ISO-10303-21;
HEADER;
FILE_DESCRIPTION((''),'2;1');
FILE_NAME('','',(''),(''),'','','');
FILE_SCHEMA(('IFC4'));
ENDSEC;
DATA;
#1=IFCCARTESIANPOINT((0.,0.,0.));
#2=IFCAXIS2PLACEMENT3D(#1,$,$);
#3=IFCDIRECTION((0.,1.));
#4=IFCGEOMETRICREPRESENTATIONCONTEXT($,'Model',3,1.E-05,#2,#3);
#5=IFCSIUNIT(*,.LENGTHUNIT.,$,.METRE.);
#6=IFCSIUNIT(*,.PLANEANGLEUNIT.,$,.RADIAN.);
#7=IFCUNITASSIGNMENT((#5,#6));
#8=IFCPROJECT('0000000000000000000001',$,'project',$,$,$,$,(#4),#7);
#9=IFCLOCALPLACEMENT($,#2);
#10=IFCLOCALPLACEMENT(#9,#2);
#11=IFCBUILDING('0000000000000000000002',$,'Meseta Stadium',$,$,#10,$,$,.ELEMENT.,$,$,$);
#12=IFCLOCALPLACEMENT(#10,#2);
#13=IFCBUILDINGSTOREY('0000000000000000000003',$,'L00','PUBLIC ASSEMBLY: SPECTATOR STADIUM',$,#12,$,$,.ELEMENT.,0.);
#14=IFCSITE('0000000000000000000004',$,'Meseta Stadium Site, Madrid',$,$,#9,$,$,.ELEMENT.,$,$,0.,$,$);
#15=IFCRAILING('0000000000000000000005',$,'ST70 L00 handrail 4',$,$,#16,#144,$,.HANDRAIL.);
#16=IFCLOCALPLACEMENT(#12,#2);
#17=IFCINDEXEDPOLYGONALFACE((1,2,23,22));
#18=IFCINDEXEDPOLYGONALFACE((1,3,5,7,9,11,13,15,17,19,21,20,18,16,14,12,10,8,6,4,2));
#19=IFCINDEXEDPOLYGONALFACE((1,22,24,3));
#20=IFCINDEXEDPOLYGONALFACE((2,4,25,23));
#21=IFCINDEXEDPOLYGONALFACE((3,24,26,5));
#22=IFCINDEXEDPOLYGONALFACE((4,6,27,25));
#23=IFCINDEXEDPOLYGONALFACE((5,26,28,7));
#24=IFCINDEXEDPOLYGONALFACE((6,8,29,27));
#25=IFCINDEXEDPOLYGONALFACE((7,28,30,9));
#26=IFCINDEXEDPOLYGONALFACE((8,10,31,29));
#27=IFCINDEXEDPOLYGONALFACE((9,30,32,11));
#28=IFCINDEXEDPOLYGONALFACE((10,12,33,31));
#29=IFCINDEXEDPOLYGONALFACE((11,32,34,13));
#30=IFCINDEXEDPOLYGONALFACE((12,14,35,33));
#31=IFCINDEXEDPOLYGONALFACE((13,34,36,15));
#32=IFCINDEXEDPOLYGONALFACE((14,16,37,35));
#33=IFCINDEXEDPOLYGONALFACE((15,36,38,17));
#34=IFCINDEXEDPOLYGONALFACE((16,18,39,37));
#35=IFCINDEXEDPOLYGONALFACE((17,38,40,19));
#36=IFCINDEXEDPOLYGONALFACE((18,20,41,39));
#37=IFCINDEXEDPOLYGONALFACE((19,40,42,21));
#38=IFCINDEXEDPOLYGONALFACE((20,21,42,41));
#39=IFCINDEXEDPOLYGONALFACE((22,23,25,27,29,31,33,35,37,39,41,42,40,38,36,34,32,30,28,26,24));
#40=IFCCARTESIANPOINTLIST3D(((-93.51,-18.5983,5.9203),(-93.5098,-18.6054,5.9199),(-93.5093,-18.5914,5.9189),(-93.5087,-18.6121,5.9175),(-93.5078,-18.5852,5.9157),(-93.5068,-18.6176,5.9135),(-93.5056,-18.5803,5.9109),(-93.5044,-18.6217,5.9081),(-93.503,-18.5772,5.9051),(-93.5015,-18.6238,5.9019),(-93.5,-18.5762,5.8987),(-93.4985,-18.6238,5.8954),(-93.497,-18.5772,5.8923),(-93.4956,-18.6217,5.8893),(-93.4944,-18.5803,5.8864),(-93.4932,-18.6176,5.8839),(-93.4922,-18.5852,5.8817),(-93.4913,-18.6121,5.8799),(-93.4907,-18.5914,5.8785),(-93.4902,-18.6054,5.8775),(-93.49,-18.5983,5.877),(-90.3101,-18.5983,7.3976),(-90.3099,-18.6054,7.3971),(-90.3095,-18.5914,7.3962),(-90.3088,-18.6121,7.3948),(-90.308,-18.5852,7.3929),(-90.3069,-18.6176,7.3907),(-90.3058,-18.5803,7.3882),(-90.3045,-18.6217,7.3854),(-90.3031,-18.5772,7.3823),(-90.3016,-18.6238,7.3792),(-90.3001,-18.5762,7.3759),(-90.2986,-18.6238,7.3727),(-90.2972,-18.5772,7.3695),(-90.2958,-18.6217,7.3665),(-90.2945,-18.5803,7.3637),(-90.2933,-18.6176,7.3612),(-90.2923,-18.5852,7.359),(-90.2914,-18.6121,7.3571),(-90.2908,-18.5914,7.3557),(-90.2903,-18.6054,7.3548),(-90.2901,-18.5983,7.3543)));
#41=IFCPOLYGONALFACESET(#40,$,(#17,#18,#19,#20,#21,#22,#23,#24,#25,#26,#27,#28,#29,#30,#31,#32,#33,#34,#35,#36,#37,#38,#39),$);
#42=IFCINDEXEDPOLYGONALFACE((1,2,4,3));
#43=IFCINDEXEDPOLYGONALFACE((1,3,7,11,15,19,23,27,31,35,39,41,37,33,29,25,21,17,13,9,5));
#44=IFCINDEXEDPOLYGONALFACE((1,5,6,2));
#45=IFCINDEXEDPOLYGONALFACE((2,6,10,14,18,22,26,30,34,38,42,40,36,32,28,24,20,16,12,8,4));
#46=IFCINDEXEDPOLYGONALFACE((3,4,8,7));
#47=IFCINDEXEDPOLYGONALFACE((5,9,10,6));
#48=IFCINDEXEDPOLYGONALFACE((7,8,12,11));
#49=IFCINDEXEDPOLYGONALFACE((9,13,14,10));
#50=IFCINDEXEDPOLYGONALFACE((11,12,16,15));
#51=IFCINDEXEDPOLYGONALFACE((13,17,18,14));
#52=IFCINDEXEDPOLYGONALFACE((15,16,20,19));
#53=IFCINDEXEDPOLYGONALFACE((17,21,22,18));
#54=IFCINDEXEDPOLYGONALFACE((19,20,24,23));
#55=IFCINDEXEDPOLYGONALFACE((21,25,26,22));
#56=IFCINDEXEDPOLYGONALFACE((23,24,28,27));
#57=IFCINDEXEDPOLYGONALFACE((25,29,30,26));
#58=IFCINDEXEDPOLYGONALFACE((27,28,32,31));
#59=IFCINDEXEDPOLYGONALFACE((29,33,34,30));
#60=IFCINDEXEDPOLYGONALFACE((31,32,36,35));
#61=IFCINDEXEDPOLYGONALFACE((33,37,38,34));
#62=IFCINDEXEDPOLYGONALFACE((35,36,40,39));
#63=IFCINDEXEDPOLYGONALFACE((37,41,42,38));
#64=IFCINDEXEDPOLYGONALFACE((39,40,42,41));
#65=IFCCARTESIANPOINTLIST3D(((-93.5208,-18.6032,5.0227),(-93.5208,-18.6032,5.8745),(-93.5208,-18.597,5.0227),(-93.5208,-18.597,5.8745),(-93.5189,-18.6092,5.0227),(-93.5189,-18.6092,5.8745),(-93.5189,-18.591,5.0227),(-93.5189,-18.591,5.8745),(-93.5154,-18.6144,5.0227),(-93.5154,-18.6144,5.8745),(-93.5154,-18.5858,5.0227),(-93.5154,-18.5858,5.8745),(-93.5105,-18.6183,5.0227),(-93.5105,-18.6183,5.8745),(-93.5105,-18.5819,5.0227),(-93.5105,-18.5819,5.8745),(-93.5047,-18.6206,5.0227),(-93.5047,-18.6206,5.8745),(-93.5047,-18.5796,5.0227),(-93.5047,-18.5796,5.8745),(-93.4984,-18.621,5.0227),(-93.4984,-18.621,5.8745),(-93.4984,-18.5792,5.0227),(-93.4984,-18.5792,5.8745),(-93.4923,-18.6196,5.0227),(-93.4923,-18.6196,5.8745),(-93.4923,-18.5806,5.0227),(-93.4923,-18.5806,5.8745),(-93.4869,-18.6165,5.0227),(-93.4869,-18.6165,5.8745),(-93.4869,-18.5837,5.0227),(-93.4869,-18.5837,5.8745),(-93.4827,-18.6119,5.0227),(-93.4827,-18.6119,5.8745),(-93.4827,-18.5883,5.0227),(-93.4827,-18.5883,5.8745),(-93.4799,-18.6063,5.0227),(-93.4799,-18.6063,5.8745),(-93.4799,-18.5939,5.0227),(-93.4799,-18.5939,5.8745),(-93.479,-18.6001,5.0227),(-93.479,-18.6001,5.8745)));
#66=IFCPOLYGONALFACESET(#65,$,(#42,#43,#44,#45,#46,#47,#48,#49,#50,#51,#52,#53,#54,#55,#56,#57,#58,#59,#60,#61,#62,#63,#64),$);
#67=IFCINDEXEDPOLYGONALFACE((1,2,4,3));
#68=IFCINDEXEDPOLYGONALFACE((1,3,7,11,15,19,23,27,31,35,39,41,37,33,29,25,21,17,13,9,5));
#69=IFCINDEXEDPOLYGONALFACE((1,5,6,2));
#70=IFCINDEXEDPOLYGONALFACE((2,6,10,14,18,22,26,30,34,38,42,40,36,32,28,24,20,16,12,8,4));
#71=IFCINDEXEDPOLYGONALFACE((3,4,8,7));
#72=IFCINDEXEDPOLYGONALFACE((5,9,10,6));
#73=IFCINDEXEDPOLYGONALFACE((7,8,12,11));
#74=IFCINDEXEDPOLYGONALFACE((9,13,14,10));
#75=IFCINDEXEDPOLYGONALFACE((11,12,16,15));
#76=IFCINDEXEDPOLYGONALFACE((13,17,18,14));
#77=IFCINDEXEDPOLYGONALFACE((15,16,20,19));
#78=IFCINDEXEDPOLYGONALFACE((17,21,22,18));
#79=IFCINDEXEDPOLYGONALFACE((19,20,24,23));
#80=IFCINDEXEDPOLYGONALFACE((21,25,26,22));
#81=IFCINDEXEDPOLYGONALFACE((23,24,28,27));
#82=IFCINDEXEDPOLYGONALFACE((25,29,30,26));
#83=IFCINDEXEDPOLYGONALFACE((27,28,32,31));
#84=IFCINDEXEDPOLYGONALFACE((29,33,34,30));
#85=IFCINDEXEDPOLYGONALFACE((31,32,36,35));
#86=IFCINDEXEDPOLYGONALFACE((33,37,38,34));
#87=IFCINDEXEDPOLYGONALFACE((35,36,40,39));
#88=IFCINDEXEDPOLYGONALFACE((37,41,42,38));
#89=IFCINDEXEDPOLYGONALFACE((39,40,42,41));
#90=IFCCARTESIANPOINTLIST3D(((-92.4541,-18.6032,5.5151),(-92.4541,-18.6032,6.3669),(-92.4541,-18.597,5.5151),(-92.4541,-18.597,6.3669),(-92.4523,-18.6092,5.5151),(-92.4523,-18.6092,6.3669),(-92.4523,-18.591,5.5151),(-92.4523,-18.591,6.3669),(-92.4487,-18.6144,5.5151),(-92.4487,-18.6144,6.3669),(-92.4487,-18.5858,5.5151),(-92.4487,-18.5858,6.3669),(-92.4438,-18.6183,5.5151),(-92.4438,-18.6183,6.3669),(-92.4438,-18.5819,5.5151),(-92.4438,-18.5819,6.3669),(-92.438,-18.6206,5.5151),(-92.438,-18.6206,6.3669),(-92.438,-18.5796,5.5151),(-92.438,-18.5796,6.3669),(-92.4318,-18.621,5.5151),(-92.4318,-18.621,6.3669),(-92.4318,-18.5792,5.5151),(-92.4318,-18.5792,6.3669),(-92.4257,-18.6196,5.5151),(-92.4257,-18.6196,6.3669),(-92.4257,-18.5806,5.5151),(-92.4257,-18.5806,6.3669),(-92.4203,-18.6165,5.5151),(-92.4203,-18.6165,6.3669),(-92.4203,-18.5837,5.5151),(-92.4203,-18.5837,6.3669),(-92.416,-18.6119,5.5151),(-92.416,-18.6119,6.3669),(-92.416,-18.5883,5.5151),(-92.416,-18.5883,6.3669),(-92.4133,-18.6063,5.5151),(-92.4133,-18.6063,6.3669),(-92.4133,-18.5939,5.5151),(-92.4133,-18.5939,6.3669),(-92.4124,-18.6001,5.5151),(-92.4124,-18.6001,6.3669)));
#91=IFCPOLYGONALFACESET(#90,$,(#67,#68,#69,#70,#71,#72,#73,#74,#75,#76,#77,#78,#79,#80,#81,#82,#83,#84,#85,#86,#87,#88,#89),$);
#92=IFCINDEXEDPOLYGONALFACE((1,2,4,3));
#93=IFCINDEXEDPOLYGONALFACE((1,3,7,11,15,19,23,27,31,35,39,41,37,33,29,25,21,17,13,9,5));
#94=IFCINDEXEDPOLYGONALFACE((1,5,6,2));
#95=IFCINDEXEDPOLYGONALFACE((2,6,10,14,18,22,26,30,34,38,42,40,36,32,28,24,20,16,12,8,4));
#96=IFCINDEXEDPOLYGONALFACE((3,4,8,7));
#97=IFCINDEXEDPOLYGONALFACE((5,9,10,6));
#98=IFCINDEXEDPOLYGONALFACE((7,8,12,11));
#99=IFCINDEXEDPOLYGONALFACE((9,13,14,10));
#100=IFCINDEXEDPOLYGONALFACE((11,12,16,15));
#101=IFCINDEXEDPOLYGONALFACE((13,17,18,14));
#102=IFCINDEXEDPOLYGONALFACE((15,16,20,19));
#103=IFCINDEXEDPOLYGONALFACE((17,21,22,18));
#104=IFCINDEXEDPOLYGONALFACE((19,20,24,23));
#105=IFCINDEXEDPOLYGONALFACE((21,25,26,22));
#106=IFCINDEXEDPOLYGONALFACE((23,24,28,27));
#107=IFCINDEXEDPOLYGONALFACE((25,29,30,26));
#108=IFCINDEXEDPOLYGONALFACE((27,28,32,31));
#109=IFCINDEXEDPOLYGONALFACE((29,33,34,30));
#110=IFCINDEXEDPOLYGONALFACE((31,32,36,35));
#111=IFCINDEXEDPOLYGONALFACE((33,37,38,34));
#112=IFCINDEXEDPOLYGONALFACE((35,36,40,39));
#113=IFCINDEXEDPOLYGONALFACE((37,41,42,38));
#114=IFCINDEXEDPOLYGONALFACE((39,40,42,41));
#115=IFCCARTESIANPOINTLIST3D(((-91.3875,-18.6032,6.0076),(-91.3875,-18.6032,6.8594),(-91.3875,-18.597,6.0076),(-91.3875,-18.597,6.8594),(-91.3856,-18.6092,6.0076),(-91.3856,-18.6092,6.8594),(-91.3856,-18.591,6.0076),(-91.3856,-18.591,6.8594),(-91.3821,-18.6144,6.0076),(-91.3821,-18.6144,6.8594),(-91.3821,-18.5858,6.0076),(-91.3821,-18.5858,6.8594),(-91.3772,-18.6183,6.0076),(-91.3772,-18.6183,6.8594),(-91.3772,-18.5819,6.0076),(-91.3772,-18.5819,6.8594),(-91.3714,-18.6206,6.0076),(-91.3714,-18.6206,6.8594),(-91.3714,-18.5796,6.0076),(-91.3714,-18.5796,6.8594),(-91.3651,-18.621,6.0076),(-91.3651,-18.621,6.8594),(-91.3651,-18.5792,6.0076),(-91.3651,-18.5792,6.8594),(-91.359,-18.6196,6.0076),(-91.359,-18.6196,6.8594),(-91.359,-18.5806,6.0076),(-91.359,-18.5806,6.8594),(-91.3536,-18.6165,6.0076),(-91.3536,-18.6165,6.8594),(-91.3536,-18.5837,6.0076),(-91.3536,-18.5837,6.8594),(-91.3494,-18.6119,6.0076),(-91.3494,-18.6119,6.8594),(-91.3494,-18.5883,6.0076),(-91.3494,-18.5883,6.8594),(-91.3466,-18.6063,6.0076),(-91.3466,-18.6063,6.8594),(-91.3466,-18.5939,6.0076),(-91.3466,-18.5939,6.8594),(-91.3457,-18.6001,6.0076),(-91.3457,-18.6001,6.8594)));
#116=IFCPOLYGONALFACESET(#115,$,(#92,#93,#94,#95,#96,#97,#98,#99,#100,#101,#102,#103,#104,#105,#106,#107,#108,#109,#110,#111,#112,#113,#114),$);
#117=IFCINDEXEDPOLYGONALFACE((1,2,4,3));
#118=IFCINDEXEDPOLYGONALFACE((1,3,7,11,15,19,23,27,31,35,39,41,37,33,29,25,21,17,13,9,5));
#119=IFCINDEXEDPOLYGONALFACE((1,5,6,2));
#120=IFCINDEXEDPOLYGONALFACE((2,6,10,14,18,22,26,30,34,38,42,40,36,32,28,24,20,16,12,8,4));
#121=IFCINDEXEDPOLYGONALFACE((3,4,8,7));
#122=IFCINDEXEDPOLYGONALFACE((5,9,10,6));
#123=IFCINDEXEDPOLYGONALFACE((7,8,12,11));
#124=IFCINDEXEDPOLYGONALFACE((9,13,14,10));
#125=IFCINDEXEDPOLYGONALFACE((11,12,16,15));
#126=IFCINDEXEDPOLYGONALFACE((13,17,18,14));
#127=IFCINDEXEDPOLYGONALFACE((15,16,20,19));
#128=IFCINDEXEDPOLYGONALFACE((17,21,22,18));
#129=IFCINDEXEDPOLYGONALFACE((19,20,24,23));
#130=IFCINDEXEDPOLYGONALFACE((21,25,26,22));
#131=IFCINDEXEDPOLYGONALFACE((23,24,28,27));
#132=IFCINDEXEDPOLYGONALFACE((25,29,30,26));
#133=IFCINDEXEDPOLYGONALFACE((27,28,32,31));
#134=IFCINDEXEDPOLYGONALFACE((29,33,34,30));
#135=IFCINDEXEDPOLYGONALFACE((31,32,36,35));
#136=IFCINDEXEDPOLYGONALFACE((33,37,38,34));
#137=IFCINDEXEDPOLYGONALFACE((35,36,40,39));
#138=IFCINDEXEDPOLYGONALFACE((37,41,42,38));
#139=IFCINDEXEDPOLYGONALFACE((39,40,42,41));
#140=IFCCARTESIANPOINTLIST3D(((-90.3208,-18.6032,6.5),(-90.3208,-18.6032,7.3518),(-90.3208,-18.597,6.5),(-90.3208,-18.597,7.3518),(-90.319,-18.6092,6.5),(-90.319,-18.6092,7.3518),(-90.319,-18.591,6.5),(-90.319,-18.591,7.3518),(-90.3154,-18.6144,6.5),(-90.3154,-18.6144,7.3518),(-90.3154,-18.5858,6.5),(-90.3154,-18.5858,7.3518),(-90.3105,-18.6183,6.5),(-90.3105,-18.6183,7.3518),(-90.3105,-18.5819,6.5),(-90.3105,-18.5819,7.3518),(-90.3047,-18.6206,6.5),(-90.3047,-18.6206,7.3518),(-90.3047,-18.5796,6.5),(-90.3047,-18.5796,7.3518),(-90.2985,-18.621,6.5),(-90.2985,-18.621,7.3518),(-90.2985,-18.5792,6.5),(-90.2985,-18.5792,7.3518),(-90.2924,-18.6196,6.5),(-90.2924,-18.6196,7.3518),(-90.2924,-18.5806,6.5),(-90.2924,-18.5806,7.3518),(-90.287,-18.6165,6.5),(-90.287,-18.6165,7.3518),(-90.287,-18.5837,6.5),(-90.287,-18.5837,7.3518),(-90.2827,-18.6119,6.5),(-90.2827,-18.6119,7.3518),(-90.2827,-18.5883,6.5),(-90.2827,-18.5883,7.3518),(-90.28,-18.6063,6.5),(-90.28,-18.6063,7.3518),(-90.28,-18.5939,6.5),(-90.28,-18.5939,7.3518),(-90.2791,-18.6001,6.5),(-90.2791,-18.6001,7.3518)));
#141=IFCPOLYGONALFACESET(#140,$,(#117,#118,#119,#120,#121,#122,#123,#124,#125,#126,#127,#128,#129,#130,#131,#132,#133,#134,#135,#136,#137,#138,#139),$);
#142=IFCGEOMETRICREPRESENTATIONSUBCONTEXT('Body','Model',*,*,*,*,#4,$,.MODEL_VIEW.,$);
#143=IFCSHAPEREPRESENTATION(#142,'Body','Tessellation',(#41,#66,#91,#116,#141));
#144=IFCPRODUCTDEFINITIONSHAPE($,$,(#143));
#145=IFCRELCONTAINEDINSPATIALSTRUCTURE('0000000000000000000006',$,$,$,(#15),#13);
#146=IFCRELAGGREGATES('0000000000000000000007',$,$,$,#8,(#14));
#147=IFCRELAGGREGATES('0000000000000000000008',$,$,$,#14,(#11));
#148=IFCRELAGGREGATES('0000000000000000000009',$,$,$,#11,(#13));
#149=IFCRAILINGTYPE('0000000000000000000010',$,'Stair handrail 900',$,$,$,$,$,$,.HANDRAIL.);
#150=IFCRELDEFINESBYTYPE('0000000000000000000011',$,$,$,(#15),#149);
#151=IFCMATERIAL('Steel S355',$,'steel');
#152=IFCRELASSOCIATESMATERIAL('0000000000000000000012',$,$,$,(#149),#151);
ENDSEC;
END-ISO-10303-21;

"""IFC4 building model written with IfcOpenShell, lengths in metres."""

from ifc_helpers import new_model, si_unit, direction, frame, origin, origin_2d, place, context, subcontext, project, spatial, circle, extrude, material, type_object, element, save


model = new_model("IFC4")

# Units and contexts
model_context = context("Model", 3, precision=1e-05, world=origin(), true_north=direction((0.0, 1.0)))
body_context = subcontext(model_context, "Body", "Model", "MODEL_VIEW")
ifc_project = project(units=[si_unit("LENGTHUNIT", "METRE"), si_unit("PLANEANGLEUNIT", "RADIAN")], contexts=[model_context])

# Site, building, storey
site_placement = place(None, origin())
site = spatial("IfcSite", under=ifc_project, at=site_placement, Name="Meseta Stadium Site, Madrid", CompositionType="ELEMENT", RefElevation=0.0)
building_placement = place(site_placement, origin())
building = spatial("IfcBuilding", under=site, at=building_placement, Name="Meseta Stadium", CompositionType="ELEMENT")
storey_placement = place(building_placement, origin())
storey = spatial("IfcBuildingStorey", under=building, at=storey_placement, Name="L00", Description="PUBLIC ASSEMBLY: SPECTATOR STADIUM", CompositionType="ELEMENT", Elevation=0.0)

# Railing
ifc_material_1 = material(Name="Steel S355", Category="steel")
railing_type_1 = type_object("IfcRailingType", Name="Stair handrail 900", PredefinedType="HANDRAIL", material=ifc_material_1)
for number, where, name in (
    (1, (-93.5, -18.6001, 5.0227), "ST70 L00 handrail 4"),
):
    element("IfcRailing", number, at=place(storey_placement, frame(where)), inside=storey, type_object=railing_type_1, Name=name, PredefinedType="HANDRAIL", context=body_context, shape_type="SweptSolid", body=[
        extrude(circle(Radius=0.0239, at=origin_2d()), frame((0.0, 0.0, 0.876), z_axis=(0.907917, 0.0, 0.41915), x_axis=(0.0, 1.0, 0.0)), (0.0, 0.0, 1.0), 3.5244),
        extrude(circle(Radius=0.021, at=origin_2d()), origin(), (0.0, 0.0, 1.0), 0.8518),
        extrude(circle(Radius=0.021, at=origin_2d()), frame((1.0667, 0.0, 0.4924)), (0.0, 0.0, 1.0), 0.8518),
        extrude(circle(Radius=0.021, at=origin_2d()), frame((2.1333, 0.0, 0.9849)), (0.0, 0.0, 1.0), 0.8518),
        extrude(circle(Radius=0.021, at=origin_2d()), frame((3.2, 0.0, 1.4773)), (0.0, 0.0, 1.0), 0.8518),
    ])

save(model, "model.ifc")
